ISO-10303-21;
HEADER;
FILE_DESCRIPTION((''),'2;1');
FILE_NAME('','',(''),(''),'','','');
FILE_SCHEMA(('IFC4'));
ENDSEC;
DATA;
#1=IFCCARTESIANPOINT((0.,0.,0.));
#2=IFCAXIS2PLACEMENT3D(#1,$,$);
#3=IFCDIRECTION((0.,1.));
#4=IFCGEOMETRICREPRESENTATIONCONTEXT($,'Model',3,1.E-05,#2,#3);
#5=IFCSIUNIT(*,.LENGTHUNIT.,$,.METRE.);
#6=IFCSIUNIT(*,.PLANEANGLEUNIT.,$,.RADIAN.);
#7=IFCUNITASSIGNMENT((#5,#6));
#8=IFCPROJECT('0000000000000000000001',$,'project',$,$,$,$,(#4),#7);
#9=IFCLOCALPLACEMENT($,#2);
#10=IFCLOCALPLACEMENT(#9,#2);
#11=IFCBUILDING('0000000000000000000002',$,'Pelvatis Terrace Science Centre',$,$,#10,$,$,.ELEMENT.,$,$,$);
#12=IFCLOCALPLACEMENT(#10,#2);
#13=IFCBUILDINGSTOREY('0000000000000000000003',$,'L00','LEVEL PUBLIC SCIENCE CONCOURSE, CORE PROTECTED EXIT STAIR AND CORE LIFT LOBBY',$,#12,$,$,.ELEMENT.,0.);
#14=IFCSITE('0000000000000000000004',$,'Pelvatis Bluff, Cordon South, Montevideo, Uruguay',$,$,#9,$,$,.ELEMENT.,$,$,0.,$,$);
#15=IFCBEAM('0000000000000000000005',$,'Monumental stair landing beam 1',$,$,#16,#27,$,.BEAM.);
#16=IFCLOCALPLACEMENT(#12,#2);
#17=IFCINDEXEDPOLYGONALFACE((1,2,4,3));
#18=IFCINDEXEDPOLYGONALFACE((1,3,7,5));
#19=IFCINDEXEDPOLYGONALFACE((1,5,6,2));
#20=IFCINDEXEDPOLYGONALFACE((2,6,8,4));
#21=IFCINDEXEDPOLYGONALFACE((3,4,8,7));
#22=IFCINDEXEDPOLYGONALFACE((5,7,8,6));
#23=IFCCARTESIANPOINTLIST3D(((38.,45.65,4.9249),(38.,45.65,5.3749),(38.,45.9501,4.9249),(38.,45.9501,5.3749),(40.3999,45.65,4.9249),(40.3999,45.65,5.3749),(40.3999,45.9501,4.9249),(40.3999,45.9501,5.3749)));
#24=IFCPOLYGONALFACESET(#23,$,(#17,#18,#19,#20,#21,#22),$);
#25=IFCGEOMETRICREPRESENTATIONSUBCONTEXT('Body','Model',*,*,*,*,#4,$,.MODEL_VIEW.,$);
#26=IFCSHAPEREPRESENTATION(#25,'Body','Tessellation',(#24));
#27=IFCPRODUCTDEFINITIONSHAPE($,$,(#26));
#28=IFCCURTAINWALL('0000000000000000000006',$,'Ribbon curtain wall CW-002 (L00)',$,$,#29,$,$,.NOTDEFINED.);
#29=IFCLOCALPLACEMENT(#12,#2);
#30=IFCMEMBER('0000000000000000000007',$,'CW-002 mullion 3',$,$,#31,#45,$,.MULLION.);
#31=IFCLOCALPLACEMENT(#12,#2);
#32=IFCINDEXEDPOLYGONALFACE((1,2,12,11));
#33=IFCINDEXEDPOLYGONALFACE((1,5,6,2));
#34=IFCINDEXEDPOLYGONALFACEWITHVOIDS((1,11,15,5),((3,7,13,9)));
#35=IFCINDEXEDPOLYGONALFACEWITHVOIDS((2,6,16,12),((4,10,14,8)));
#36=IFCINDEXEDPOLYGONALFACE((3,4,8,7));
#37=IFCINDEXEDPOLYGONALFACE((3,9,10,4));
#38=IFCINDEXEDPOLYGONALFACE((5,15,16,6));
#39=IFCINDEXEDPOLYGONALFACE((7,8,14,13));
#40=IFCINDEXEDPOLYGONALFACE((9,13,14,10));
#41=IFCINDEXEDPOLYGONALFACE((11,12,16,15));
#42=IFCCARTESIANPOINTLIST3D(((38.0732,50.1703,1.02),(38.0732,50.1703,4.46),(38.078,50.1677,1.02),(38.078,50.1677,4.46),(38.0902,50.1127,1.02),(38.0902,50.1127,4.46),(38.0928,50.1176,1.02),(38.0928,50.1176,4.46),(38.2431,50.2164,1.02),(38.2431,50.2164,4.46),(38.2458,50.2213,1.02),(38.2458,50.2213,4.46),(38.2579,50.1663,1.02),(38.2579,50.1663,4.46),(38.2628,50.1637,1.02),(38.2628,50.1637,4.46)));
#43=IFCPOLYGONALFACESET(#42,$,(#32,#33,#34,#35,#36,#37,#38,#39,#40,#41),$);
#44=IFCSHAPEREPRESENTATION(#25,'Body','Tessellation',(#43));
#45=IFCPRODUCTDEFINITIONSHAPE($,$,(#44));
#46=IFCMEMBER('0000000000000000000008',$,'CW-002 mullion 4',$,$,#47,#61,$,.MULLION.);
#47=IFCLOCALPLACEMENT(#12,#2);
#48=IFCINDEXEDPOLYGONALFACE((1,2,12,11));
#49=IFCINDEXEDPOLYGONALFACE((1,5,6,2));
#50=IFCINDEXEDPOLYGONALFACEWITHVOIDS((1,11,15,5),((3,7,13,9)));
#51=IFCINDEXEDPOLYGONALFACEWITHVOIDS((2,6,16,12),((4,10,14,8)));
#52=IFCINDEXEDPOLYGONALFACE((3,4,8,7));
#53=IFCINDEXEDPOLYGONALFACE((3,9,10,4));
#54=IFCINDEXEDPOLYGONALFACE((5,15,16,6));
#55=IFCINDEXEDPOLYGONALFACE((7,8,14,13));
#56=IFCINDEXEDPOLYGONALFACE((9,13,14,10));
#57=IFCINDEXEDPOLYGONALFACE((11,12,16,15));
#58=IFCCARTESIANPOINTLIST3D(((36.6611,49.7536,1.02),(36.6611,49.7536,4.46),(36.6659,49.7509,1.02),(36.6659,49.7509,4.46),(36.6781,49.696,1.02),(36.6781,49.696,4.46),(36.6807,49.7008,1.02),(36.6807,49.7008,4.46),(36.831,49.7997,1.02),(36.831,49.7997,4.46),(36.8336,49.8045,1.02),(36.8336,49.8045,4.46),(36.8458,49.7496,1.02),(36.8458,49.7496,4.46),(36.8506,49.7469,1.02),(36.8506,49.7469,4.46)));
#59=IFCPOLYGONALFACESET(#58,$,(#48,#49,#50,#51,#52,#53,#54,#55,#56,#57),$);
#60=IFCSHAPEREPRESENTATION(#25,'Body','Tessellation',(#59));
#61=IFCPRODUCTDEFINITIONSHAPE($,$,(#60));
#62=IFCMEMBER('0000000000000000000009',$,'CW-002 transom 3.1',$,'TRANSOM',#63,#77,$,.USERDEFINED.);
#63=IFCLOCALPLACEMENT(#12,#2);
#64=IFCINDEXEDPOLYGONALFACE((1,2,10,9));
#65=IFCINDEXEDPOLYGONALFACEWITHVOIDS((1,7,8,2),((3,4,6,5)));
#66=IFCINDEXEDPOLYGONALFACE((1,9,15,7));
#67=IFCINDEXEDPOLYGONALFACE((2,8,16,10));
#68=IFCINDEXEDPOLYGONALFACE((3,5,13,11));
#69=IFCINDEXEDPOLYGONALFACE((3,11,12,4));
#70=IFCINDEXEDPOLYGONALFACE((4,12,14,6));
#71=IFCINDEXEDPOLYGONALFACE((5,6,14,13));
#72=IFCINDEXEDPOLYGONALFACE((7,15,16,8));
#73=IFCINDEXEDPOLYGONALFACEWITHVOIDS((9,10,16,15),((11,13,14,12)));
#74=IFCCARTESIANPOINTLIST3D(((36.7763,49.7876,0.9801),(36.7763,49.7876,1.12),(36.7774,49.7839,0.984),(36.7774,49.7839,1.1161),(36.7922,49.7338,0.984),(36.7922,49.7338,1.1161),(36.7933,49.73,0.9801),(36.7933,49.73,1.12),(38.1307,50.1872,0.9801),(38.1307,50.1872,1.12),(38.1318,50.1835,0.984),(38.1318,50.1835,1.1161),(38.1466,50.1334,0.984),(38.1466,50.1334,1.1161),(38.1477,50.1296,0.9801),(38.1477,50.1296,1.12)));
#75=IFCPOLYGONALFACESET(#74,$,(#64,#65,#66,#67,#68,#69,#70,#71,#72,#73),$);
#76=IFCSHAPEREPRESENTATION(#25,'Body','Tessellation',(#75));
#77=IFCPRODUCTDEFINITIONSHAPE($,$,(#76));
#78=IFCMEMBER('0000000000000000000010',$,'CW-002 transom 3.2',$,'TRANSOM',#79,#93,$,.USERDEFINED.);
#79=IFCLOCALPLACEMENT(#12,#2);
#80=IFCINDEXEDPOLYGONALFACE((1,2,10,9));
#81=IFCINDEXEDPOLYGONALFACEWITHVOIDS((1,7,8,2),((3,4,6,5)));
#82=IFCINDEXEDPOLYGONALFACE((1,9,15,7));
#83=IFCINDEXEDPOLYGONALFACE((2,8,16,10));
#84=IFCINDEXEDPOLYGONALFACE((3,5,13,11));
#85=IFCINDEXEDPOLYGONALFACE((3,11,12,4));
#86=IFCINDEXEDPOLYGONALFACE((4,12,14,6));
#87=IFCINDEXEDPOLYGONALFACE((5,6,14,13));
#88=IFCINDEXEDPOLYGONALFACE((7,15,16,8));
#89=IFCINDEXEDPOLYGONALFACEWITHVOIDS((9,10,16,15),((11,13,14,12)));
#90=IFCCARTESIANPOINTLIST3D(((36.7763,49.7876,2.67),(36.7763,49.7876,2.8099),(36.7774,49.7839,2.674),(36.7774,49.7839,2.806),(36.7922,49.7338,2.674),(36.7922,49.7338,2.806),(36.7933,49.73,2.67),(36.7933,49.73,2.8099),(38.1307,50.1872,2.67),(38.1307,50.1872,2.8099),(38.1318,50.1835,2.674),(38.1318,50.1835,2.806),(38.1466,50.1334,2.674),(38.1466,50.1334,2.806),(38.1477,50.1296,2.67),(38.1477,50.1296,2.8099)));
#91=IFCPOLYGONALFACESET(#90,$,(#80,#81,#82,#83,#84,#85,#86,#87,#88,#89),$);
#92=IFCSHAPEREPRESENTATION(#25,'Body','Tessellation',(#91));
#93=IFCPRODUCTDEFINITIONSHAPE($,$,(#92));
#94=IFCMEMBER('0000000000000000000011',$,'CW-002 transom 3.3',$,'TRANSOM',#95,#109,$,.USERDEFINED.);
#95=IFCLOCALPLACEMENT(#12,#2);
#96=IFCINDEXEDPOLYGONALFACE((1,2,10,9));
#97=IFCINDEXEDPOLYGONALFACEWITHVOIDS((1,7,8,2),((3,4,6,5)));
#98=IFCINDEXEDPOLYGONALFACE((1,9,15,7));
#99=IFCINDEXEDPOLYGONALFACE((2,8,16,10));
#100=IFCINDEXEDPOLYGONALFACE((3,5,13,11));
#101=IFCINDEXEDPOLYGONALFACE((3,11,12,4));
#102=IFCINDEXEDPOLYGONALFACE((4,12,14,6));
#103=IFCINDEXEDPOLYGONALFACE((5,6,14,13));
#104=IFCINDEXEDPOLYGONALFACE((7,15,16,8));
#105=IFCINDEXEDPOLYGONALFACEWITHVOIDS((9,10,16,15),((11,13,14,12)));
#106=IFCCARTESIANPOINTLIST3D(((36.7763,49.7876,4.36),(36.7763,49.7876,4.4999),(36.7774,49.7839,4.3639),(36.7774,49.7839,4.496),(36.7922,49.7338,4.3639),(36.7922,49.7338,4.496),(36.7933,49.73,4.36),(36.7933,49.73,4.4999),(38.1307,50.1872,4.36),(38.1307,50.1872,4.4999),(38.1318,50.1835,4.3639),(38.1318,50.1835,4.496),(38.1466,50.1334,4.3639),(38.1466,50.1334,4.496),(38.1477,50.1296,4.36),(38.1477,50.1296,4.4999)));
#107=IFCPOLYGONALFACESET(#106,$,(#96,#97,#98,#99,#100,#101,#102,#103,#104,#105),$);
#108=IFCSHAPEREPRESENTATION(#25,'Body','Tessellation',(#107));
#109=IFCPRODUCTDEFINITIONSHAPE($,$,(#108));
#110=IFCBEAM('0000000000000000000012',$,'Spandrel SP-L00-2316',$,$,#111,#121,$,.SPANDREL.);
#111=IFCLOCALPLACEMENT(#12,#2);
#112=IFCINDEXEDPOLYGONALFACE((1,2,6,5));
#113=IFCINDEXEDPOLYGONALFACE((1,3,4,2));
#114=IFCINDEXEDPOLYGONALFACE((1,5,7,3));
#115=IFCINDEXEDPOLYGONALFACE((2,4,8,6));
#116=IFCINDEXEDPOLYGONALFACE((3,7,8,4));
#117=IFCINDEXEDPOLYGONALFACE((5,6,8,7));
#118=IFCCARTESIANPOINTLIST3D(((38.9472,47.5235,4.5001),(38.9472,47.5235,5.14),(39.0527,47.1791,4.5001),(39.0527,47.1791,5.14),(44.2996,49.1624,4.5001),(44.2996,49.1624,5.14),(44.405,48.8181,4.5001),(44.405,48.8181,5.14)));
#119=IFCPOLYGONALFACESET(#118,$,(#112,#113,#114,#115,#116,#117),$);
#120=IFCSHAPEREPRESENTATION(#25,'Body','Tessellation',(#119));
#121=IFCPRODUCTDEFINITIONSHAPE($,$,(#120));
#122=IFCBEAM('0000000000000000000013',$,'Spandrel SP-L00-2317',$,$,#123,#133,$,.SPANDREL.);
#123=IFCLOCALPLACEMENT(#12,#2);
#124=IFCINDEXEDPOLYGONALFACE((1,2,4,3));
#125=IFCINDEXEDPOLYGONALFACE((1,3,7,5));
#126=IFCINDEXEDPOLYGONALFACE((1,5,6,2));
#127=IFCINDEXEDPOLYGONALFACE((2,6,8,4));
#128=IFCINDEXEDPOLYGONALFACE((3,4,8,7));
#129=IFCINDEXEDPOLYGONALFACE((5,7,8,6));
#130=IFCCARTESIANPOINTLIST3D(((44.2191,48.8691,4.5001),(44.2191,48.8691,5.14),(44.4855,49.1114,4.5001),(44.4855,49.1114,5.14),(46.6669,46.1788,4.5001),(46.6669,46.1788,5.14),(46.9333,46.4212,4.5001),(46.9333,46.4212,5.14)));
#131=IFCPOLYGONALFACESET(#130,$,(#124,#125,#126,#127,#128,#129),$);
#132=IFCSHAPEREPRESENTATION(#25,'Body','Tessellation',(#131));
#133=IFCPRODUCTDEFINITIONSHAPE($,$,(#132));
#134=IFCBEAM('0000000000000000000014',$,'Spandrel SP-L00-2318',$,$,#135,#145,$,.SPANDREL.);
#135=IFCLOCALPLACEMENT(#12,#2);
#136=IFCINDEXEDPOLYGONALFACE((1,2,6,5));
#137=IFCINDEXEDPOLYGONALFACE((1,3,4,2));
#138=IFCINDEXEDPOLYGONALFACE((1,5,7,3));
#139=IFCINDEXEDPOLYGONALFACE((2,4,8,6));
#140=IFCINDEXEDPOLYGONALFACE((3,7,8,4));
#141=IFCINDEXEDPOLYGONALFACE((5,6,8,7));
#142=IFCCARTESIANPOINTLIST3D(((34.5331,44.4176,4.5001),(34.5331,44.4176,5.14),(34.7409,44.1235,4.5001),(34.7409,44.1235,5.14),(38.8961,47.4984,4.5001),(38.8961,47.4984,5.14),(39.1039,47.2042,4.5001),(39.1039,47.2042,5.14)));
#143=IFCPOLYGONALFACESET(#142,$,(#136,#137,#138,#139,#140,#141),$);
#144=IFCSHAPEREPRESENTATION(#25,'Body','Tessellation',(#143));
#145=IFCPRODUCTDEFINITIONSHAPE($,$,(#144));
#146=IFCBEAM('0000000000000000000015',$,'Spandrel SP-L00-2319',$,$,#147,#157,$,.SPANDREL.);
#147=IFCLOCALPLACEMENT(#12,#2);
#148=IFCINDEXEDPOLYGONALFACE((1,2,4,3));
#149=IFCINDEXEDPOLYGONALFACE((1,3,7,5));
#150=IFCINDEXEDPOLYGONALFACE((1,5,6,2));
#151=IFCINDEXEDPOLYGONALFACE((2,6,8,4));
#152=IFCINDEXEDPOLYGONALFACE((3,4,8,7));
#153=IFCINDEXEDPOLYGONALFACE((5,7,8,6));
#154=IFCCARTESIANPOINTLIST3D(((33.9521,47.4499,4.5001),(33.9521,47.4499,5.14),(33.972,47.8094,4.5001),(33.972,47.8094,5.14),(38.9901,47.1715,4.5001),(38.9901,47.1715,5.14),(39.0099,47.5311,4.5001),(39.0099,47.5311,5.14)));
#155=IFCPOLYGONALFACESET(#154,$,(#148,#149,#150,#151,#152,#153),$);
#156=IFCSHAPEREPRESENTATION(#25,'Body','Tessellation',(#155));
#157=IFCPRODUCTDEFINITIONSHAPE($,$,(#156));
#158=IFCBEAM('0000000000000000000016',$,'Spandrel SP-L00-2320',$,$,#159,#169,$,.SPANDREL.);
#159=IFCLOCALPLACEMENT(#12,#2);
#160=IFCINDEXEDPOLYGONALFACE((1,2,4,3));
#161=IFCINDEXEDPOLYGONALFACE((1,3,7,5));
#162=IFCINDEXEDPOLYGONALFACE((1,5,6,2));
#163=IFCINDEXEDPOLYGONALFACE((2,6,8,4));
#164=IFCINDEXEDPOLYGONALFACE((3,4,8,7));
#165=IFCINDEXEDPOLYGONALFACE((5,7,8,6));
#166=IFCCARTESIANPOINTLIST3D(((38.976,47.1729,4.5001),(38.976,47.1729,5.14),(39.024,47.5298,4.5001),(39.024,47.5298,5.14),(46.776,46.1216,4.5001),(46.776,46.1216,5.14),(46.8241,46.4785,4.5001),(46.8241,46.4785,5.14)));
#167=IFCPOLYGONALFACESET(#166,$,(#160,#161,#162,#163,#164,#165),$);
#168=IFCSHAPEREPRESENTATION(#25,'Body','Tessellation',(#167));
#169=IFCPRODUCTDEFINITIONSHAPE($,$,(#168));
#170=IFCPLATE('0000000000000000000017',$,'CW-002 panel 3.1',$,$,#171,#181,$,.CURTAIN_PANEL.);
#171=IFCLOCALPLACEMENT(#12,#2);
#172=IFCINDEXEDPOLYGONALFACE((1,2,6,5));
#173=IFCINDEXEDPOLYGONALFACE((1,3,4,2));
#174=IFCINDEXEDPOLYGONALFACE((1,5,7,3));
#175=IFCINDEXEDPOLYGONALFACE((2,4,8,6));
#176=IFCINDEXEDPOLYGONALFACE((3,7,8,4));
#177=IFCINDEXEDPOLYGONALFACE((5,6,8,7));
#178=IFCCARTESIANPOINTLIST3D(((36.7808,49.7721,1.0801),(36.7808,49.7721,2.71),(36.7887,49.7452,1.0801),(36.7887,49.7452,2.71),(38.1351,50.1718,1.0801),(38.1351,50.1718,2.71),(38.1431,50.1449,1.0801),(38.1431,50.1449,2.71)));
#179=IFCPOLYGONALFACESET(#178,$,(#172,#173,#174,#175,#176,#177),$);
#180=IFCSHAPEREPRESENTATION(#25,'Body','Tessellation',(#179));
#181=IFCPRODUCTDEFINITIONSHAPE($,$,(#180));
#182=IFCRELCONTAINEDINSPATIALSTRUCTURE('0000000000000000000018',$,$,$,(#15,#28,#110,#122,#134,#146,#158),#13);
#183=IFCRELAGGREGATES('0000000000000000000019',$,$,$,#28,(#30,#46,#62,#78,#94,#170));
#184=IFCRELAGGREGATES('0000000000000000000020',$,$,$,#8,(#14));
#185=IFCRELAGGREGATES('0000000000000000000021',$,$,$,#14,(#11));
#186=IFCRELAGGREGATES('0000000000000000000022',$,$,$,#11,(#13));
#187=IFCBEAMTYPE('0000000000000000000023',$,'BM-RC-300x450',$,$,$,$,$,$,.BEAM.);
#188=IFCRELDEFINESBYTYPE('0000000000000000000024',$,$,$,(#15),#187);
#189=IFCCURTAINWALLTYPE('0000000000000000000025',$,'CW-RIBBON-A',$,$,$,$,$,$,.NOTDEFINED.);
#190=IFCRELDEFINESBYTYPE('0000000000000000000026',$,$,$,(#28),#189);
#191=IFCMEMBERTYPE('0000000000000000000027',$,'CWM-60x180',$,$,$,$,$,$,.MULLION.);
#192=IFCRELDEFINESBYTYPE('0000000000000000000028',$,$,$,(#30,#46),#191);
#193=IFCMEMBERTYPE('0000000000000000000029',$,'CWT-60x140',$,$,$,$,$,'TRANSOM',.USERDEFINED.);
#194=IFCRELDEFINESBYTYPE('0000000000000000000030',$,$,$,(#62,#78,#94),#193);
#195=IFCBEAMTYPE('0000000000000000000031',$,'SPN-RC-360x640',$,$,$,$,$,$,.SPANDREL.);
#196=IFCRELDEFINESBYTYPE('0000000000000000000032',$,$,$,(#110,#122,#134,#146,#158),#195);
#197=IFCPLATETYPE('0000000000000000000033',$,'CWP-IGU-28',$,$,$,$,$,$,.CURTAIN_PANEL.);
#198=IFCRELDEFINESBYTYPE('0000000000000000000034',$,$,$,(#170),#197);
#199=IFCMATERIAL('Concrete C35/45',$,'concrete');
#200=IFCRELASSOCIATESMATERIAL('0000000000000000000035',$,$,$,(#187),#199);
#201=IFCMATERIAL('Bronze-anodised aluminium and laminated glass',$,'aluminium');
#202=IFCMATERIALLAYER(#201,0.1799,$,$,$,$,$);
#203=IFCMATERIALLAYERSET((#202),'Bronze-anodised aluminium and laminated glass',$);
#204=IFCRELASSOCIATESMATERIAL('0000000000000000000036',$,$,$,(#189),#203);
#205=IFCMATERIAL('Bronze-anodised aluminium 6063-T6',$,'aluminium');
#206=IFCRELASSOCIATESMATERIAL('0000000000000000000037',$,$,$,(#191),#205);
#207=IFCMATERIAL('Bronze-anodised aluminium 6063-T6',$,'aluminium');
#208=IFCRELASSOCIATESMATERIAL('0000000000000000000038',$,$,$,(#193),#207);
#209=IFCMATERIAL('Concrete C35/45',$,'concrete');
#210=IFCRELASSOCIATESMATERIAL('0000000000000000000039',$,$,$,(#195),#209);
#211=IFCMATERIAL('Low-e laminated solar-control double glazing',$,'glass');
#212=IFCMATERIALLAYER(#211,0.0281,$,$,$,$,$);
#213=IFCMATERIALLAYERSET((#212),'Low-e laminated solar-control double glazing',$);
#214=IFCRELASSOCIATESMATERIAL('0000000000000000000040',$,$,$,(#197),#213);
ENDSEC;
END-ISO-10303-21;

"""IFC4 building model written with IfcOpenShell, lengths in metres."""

from ifc_helpers import new_model, si_unit, direction, frame, origin, origin_2d, place, context, subcontext, project, spatial, rectangle, hollow_rectangle, extrude, material, layer, layer_set, material_profile, profile_set, type_object, element, aggregate, save


model = new_model("IFC4")

# Units and contexts
model_context = context("Model", 3, precision=1e-05, world=origin(), true_north=direction((0.0, 1.0)))
body_context = subcontext(model_context, "Body", "Model", "MODEL_VIEW")
ifc_project = project(units=[si_unit("LENGTHUNIT", "METRE"), si_unit("PLANEANGLEUNIT", "RADIAN")], contexts=[model_context])

# Site, building, storey
site_placement = place(None, origin())
site = spatial("IfcSite", under=ifc_project, at=site_placement, Name="Pelvatis Bluff, Cordon South, Montevideo, Uruguay", CompositionType="ELEMENT", RefElevation=0.0)
building_placement = place(site_placement, origin())
building = spatial("IfcBuilding", under=site, at=building_placement, Name="Pelvatis Terrace Science Centre", CompositionType="ELEMENT")
storey_placement = place(building_placement, origin())
storey = spatial("IfcBuildingStorey", under=building, at=storey_placement, Name="L00", Description="LEVEL PUBLIC SCIENCE CONCOURSE, CORE PROTECTED EXIT STAIR AND CORE LIFT LOBBY", CompositionType="ELEMENT", Elevation=0.0)

# Beam
ifc_material_1 = material(Name="Concrete C35/45", Category="concrete")
ifc_material_profile_1 = material_profile(ifc_material_1, rectangle(XDim=0.3, YDim=0.45, at=origin_2d()), Name="RC-BM 300x450")
ifc_profile_set_1 = profile_set([ifc_material_profile_1], Name="Concrete C35/45")
beam_type_1 = type_object("IfcBeamType", Name="BM-RC-300x450", PredefinedType="BEAM", material=ifc_profile_set_1)
beam_1_placement = place(storey_placement, frame((38.0, 45.8, 5.1499), z_axis=(1.0, 0.0, 0.0), x_axis=(0.0, 1.0, 0.0)))
element("IfcBeam", 1, at=beam_1_placement, inside=storey, type_object=beam_type_1, Name="Monumental stair landing beam 1", PredefinedType="BEAM", context=body_context, shape_type="SweptSolid", body=[
    extrude(rectangle(XDim=0.3, YDim=0.45, at=origin_2d()), origin(), (0.0, 0.0, 1.0), 2.3999),
])

# Curtain wall, members
ifc_material_2 = material(Name="Bronze-anodised aluminium and laminated glass", Category="aluminium")
ifc_layer_1 = layer(ifc_material_2, 0.1799)
ifc_layer_set_1 = layer_set([ifc_layer_1], Name="Bronze-anodised aluminium and laminated glass")
curtain_wall_type = type_object("IfcCurtainWallType", Name="CW-RIBBON-A", PredefinedType="NOTDEFINED", material=ifc_layer_set_1)
curtain_wall_placement = place(storey_placement, origin())
curtain_wall = element("IfcCurtainWall", 2, at=curtain_wall_placement, inside=storey, type_object=curtain_wall_type, Name="Ribbon curtain wall CW-002 (L00)", PredefinedType="NOTDEFINED")
ifc_material_3 = material(Name="Bronze-anodised aluminium 6063-T6", Category="aluminium")
ifc_material_profile_2 = material_profile(ifc_material_3, hollow_rectangle(XDim=0.0601, YDim=0.1799, WallThickness=0.0039, at=origin_2d()), Name="ALU-MUL 60x180")
ifc_profile_set_2 = profile_set([ifc_material_profile_2], Name="Bronze-anodised aluminium 6063-T6")
member_type_1 = type_object("IfcMemberType", Name="CWM-60x180", PredefinedType="MULLION", material=ifc_profile_set_2)
member_1_placement = place(storey_placement, frame((38.168, 50.167, 1.02), z_axis=(0.0, 0.0, 1.0), x_axis=(0.283092, -0.959093, 0.0)))
member_1 = element("IfcMember", 3, at=member_1_placement, type_object=member_type_1, Name="CW-002 mullion 3", PredefinedType="MULLION", context=body_context, shape_type="SweptSolid", body=[
    extrude(hollow_rectangle(XDim=0.0601, YDim=0.1799, WallThickness=0.0039, at=origin_2d()), origin(), (0.0, 0.0, 1.0), 3.4399),
])
member_2_placement = place(storey_placement, frame((36.7559, 49.7502, 1.02), z_axis=(0.0, 0.0, 1.0), x_axis=(0.283092, -0.959093, 0.0)))
member_2 = element("IfcMember", 4, at=member_2_placement, type_object=member_type_1, Name="CW-002 mullion 4", PredefinedType="MULLION", context=body_context, shape_type="SweptSolid", body=[
    extrude(hollow_rectangle(XDim=0.0601, YDim=0.1799, WallThickness=0.0039, at=origin_2d()), origin(), (0.0, 0.0, 1.0), 3.4399),
])
ifc_material_4 = material(Name="Bronze-anodised aluminium 6063-T6", Category="aluminium")
ifc_material_profile_3 = material_profile(ifc_material_4, hollow_rectangle(XDim=0.0601, YDim=0.1399, WallThickness=0.0039, at=origin_2d()), Name="ALU-TRN 60x140")
ifc_profile_set_3 = profile_set([ifc_material_profile_3], Name="Bronze-anodised aluminium 6063-T6")
member_type_2 = type_object("IfcMemberType", Name="CWT-60x140", ElementType="TRANSOM", PredefinedType="USERDEFINED", material=ifc_profile_set_3)
member_3_placement = place(storey_placement, frame((38.1392, 50.1584, 1.05), z_axis=(-0.95912, -0.282999, 0.0), x_axis=(0.282999, -0.95912, 0.0)))
member_3 = element("IfcMember", 5, at=member_3_placement, type_object=member_type_2, Name="CW-002 transom 3.1", ObjectType="TRANSOM", PredefinedType="USERDEFINED", context=body_context, shape_type="SweptSolid", body=[
    extrude(hollow_rectangle(XDim=0.0601, YDim=0.1399, WallThickness=0.0039, at=origin_2d()), origin(), (0.0, 0.0, 1.0), 1.4121),
])
member_4_placement = place(storey_placement, frame((38.1392, 50.1584, 2.74), z_axis=(-0.95912, -0.282999, 0.0), x_axis=(0.282999, -0.95912, 0.0)))
member_4 = element("IfcMember", 6, at=member_4_placement, type_object=member_type_2, Name="CW-002 transom 3.2", ObjectType="TRANSOM", PredefinedType="USERDEFINED", context=body_context, shape_type="SweptSolid", body=[
    extrude(hollow_rectangle(XDim=0.0601, YDim=0.1399, WallThickness=0.0039, at=origin_2d()), origin(), (0.0, 0.0, 1.0), 1.4121),
])
member_5_placement = place(storey_placement, frame((38.1392, 50.1584, 4.4299), z_axis=(-0.95912, -0.282999, 0.0), x_axis=(0.282999, -0.95912, 0.0)))
member_5 = element("IfcMember", 7, at=member_5_placement, type_object=member_type_2, Name="CW-002 transom 3.3", ObjectType="TRANSOM", PredefinedType="USERDEFINED", context=body_context, shape_type="SweptSolid", body=[
    extrude(hollow_rectangle(XDim=0.0601, YDim=0.1399, WallThickness=0.0039, at=origin_2d()), origin(), (0.0, 0.0, 1.0), 1.4121),
])

# Beams
ifc_material_5 = material(Name="Concrete C35/45", Category="concrete")
ifc_material_profile_4 = material_profile(ifc_material_5, rectangle(XDim=0.3601, YDim=0.6399, at=origin_2d()), Name="RC-SPN 360x640")
ifc_profile_set_4 = profile_set([ifc_material_profile_4], Name="Concrete C35/45")
beam_type_2 = type_object("IfcBeamType", Name="SPN-RC-360x640", PredefinedType="SPANDREL", material=ifc_profile_set_4)
beam_2_placement = place(storey_placement, frame((44.3523, 48.9902, 4.8201), z_axis=(-0.956177, -0.292789, 0.0), x_axis=(0.292789, -0.956177, 0.0)))
element("IfcBeam", 8, at=beam_2_placement, inside=storey, type_object=beam_type_2, Name="Spandrel SP-L00-2316", PredefinedType="SPANDREL", context=body_context, shape_type="SweptSolid", body=[
    extrude(rectangle(XDim=0.3601, YDim=0.6399, at=origin_2d()), origin(), (0.0, 0.0, 1.0), 5.5977),
])
beam_3_placement = place(storey_placement, frame((44.3523, 48.9902, 4.8201), z_axis=(0.672993, -0.739648, 0.0), x_axis=(0.739648, 0.672993, 0.0)))
element("IfcBeam", 9, at=beam_3_placement, inside=storey, type_object=beam_type_2, Name="Spandrel SP-L00-2317", PredefinedType="SPANDREL", context=body_context, shape_type="SweptSolid", body=[
    extrude(rectangle(XDim=0.3601, YDim=0.6399, at=origin_2d()), origin(), (0.0, 0.0, 1.0), 3.6372),
])
beam_4_placement = place(storey_placement, frame((39.0, 47.3513, 4.8201), z_axis=(-0.816878, -0.576811, 0.0), x_axis=(0.576811, -0.816878, 0.0)))
element("IfcBeam", 10, at=beam_4_placement, inside=storey, type_object=beam_type_2, Name="Spandrel SP-L00-2318", PredefinedType="SPANDREL", context=body_context, shape_type="SweptSolid", body=[
    extrude(rectangle(XDim=0.3601, YDim=0.6399, at=origin_2d()), origin(), (0.0, 0.0, 1.0), 5.3411),
])
beam_5_placement = place(storey_placement, frame((39.0, 47.3513, 4.8201), z_axis=(-0.998478, 0.055159, 0.0), x_axis=(-0.055159, -0.998478, 0.0)))
element("IfcBeam", 11, at=beam_5_placement, inside=storey, type_object=beam_type_2, Name="Spandrel SP-L00-2319", PredefinedType="SPANDREL", context=body_context, shape_type="SweptSolid", body=[
    extrude(rectangle(XDim=0.3601, YDim=0.6399, at=origin_2d()), origin(), (0.0, 0.0, 1.0), 5.0457),
])
beam_6_placement = place(storey_placement, frame((39.0, 47.3513, 4.8201), z_axis=(0.991039, -0.13357, 0.0), x_axis=(0.13357, 0.991039, 0.0)))
element("IfcBeam", 12, at=beam_6_placement, inside=storey, type_object=beam_type_2, Name="Spandrel SP-L00-2320", PredefinedType="SPANDREL", context=body_context, shape_type="SweptSolid", body=[
    extrude(rectangle(XDim=0.3601, YDim=0.6399, at=origin_2d()), origin(), (0.0, 0.0, 1.0), 7.8706),
])

# Plate
ifc_material_6 = material(Name="Low-e laminated solar-control double glazing", Category="glass")
ifc_layer_2 = layer(ifc_material_6, 0.0281)
ifc_layer_set_2 = layer_set([ifc_layer_2], Name="Low-e laminated solar-control double glazing")
plate_type = type_object("IfcPlateType", Name="CWP-IGU-28", PredefinedType="CURTAIN_PANEL", material=ifc_layer_set_2)
plate_1_placement = place(storey_placement, frame((37.4619, 49.9585, 1.0801), z_axis=(0.0, 0.0, 1.0), x_axis=(-0.959093, -0.283092, 0.0)))
plate_1 = element("IfcPlate", 13, at=plate_1_placement, type_object=plate_type, Name="CW-002 panel 3.1", PredefinedType="CURTAIN_PANEL", context=body_context, shape_type="SweptSolid", body=[
    extrude(rectangle(XDim=1.4121, YDim=0.0281, at=origin_2d()), origin(), (0.0, 0.0, 1.0), 1.6299),
])
aggregate(curtain_wall, [member_1, member_2, member_3, member_4, member_5, plate_1])

save(model, "model.ifc")
